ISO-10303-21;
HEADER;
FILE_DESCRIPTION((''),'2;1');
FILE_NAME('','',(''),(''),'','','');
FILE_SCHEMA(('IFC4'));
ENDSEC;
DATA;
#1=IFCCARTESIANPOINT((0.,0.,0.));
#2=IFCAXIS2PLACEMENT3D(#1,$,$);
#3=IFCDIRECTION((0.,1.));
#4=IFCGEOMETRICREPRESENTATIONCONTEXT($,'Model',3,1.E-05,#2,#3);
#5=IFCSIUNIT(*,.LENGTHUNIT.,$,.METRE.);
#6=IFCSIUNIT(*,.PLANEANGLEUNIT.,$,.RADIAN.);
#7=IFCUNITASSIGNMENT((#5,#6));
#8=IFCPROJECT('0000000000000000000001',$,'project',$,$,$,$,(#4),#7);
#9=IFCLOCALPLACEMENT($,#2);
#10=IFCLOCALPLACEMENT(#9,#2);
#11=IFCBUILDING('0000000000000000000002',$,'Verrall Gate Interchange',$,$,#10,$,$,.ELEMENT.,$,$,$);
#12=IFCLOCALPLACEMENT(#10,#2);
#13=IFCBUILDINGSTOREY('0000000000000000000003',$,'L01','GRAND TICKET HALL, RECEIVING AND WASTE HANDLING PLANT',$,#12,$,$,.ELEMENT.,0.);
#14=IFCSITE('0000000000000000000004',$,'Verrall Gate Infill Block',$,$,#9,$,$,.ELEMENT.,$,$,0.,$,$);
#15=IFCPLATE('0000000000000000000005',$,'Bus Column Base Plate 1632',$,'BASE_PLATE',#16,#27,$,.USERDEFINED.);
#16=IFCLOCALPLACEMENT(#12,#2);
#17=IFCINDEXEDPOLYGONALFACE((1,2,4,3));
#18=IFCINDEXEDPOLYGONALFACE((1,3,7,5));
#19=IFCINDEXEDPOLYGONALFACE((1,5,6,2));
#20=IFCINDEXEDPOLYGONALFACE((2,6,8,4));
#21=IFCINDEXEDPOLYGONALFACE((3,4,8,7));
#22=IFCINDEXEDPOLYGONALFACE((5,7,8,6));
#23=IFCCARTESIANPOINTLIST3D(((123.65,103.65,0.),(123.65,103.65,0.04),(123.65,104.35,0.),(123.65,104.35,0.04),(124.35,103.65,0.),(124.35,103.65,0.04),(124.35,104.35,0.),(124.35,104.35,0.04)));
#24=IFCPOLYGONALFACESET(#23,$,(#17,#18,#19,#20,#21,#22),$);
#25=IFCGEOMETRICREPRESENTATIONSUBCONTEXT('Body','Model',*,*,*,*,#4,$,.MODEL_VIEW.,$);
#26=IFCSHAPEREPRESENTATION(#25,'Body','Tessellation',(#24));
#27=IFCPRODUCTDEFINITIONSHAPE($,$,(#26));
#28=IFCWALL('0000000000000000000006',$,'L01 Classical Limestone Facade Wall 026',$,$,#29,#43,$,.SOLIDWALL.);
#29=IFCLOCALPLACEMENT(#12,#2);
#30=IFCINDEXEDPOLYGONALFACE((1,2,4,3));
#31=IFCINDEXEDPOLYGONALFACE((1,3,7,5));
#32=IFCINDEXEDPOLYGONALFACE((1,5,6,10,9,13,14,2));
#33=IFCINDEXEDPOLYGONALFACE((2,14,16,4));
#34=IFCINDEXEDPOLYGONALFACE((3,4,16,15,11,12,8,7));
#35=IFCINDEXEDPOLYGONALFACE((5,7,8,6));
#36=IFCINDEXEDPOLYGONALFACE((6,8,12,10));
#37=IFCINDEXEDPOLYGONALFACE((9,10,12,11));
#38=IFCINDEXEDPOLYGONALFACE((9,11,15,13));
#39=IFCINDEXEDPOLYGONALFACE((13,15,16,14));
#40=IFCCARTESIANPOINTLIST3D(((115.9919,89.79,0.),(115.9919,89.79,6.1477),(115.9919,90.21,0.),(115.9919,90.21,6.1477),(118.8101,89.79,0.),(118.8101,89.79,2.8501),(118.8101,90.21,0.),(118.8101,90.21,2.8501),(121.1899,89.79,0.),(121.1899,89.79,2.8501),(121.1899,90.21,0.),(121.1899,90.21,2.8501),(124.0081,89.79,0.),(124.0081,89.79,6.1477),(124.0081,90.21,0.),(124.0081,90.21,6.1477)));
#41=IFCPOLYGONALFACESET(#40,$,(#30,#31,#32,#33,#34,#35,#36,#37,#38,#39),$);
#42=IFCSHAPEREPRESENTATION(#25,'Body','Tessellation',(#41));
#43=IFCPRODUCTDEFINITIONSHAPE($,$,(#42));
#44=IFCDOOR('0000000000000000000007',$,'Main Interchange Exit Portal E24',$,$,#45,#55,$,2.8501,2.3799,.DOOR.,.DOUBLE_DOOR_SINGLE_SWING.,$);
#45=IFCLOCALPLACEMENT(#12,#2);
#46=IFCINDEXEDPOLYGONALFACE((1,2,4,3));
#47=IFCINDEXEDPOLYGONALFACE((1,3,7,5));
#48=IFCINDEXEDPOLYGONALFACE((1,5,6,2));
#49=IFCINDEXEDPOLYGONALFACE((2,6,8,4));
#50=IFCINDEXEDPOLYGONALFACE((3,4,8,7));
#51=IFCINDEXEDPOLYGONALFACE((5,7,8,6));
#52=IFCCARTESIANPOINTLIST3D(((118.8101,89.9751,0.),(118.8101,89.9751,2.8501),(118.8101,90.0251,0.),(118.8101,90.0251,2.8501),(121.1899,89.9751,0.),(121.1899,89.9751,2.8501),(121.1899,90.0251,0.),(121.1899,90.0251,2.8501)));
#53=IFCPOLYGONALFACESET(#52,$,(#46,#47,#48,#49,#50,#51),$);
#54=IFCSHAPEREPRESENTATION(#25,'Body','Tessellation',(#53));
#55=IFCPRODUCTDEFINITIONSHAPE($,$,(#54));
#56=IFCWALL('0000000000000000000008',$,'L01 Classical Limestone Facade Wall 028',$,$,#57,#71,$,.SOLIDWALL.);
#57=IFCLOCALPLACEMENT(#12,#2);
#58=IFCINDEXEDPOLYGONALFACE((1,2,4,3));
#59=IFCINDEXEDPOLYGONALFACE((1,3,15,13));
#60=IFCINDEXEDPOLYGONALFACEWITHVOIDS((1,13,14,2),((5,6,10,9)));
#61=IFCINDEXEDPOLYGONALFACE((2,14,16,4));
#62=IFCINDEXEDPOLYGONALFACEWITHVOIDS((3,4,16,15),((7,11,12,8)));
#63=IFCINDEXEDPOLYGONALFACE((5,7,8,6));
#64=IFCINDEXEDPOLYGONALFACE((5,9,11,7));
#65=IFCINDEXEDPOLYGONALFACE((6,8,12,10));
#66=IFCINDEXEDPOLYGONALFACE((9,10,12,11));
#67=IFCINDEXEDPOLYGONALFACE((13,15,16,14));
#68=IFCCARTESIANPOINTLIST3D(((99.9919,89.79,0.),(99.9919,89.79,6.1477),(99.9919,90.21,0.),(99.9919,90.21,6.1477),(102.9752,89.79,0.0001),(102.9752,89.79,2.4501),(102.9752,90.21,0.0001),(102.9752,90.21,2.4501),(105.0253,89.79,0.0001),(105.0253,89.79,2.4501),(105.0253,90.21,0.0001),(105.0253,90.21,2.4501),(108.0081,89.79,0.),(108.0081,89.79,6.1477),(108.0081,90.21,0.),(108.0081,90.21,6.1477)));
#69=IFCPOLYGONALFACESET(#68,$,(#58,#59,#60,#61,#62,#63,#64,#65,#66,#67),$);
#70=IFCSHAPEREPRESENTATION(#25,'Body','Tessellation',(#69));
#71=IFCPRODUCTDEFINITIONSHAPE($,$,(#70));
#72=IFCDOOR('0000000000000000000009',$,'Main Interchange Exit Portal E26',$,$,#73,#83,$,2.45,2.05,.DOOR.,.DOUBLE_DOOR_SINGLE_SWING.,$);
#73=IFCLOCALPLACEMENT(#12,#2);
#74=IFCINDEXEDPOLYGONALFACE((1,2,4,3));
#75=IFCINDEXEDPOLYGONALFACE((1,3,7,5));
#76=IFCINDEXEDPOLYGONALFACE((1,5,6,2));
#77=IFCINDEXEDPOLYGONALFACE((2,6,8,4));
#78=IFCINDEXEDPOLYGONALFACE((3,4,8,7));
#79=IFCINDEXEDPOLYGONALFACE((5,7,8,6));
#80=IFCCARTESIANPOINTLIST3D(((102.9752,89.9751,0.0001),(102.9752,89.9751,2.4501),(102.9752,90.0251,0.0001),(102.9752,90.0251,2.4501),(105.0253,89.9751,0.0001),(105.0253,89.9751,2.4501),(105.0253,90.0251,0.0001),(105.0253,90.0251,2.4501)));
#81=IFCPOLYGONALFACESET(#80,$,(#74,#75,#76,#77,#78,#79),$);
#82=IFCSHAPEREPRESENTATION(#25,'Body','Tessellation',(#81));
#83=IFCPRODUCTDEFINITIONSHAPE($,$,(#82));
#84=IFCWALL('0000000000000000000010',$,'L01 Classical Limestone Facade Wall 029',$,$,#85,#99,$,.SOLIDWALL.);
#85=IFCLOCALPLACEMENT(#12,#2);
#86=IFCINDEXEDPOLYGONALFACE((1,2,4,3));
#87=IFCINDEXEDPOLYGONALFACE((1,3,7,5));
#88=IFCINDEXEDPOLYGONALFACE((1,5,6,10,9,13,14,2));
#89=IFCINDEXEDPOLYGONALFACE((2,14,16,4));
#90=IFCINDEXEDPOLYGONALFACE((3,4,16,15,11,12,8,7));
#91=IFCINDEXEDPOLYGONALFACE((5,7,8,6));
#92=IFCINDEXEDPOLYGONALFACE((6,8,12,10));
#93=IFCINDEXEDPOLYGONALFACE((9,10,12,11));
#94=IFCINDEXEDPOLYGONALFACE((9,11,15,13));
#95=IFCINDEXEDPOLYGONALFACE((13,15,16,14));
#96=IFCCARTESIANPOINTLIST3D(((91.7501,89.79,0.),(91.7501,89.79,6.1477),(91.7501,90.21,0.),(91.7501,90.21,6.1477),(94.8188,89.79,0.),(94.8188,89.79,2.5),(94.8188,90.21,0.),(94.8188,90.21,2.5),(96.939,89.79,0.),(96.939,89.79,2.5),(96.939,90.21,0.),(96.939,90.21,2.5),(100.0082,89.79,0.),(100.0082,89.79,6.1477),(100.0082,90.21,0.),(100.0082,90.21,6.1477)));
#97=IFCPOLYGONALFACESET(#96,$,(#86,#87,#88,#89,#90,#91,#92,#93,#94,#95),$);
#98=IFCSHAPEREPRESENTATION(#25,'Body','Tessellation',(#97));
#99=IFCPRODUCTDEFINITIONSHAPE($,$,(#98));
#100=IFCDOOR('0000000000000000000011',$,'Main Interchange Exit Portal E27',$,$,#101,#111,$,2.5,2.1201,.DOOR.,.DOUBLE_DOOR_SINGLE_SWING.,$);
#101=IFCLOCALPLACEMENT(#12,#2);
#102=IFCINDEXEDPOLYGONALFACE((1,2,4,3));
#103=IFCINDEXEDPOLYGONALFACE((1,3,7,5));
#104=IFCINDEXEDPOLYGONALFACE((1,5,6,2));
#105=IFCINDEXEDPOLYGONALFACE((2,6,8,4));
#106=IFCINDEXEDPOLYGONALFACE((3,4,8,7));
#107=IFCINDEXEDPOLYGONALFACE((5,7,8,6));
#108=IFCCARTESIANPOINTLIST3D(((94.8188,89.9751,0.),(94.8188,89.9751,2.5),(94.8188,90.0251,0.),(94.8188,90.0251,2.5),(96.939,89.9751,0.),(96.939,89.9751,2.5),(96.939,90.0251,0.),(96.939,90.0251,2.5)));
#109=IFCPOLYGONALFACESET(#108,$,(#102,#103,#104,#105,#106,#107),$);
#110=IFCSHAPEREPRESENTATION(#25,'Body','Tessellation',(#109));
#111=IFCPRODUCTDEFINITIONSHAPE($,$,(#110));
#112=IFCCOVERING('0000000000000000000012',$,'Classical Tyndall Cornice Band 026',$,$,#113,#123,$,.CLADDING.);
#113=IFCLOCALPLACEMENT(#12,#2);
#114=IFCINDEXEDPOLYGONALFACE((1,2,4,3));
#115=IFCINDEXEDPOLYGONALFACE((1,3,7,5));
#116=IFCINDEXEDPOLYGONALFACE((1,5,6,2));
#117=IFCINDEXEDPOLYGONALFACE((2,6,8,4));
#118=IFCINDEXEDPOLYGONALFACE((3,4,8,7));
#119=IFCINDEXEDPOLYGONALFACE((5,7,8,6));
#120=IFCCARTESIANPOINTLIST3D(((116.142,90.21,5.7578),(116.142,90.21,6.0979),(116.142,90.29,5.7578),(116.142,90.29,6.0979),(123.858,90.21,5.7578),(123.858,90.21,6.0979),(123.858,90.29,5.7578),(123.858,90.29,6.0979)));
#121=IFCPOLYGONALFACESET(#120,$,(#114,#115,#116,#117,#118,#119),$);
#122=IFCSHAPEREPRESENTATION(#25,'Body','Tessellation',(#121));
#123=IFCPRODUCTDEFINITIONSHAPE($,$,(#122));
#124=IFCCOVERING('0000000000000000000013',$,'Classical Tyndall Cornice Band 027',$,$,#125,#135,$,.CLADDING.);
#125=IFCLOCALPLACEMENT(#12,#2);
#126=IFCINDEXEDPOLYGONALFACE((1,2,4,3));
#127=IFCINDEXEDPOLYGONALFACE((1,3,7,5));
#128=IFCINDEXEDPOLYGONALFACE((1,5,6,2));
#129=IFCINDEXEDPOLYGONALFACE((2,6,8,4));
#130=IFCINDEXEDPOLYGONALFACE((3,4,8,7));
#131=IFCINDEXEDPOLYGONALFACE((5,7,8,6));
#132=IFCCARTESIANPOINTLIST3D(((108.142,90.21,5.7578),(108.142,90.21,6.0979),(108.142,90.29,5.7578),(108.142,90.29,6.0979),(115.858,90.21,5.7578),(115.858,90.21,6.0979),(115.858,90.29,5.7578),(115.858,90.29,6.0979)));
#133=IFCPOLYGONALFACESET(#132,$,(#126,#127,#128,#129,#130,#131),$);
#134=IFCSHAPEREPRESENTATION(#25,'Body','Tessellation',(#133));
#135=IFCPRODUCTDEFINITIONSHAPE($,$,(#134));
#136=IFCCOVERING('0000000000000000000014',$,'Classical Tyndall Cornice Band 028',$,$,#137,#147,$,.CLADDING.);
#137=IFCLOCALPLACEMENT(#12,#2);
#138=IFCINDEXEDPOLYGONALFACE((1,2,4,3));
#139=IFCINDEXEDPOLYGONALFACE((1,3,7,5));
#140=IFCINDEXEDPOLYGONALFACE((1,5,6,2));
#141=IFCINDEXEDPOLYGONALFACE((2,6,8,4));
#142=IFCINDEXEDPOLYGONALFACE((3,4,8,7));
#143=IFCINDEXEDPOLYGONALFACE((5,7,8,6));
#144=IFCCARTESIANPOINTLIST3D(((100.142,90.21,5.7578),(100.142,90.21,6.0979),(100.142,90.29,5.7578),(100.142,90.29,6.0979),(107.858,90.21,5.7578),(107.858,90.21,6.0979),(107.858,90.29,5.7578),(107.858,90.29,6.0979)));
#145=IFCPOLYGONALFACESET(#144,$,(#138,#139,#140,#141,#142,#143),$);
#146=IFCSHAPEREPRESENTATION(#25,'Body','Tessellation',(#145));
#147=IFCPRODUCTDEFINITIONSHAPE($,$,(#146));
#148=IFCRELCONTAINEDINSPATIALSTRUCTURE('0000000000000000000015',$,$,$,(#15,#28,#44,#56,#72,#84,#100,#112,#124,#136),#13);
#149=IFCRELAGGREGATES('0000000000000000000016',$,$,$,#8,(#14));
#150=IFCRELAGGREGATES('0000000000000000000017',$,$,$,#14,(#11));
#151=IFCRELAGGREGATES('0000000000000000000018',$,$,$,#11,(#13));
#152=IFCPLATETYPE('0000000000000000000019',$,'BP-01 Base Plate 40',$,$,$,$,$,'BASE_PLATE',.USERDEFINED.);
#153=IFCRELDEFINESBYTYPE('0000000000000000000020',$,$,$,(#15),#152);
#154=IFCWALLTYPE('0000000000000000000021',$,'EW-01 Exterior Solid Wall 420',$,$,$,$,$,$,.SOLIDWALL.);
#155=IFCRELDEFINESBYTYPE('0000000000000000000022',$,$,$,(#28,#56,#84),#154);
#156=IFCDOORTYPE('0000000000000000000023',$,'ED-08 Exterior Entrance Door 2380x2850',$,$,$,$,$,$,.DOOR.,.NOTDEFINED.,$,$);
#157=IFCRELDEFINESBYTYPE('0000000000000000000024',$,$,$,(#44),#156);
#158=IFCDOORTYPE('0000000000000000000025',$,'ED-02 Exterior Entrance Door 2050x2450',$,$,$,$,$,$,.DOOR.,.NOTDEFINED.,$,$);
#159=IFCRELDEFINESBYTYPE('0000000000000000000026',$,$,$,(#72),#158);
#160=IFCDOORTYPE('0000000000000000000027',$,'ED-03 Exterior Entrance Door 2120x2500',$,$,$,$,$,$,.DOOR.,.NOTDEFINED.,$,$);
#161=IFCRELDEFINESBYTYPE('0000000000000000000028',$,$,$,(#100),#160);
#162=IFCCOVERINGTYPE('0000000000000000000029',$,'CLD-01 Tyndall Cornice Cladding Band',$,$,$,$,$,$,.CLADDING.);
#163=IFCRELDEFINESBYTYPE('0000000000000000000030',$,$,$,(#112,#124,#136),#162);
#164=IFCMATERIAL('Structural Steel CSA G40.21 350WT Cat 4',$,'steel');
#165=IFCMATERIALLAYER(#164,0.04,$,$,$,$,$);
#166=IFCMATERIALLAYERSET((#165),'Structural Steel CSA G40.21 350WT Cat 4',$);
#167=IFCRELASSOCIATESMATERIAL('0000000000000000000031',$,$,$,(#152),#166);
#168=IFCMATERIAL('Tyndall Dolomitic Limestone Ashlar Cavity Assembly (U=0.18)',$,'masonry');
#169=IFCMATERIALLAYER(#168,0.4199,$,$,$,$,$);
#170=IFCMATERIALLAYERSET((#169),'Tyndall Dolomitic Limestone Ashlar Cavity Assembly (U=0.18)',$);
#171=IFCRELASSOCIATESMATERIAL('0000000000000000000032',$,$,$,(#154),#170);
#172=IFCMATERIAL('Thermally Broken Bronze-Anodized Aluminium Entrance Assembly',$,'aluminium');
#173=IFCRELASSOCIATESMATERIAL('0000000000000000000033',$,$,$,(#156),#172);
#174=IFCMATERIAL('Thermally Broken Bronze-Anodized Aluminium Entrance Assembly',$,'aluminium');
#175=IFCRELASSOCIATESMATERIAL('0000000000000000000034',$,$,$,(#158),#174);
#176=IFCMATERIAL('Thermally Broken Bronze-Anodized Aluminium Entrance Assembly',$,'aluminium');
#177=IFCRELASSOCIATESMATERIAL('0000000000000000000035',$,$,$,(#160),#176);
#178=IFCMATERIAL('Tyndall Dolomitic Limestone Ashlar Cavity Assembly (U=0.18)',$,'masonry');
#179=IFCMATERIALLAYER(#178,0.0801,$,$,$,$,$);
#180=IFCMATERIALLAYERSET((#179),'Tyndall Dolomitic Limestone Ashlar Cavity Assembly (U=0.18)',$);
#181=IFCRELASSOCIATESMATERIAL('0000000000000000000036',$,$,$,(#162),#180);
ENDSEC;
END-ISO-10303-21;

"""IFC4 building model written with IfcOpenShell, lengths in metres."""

from ifc_helpers import new_model, si_unit, direction, frame, frame_2d, origin, origin_2d, place, context, subcontext, project, spatial, rectangle, extrude, material, layer, layer_set, type_object, element, fill, save


model = new_model("IFC4")

# Units and contexts
model_context = context("Model", 3, precision=1e-05, world=origin(), true_north=direction((0.0, 1.0)))
body_context = subcontext(model_context, "Body", "Model", "MODEL_VIEW")
ifc_project = project(units=[si_unit("LENGTHUNIT", "METRE"), si_unit("PLANEANGLEUNIT", "RADIAN")], contexts=[model_context])

# Site, building, storey
site_placement = place(None, origin())
site = spatial("IfcSite", under=ifc_project, at=site_placement, Name="Verrall Gate Infill Block", CompositionType="ELEMENT", RefElevation=0.0)
building_placement = place(site_placement, origin())
building = spatial("IfcBuilding", under=site, at=building_placement, Name="Verrall Gate Interchange", CompositionType="ELEMENT")
storey_placement = place(building_placement, origin())
storey = spatial("IfcBuildingStorey", under=building, at=storey_placement, Name="L01", Description="GRAND TICKET HALL, RECEIVING AND WASTE HANDLING PLANT", CompositionType="ELEMENT", Elevation=0.0)

# Plate
ifc_material_1 = material(Name="Structural Steel CSA G40.21 350WT Cat 4", Category="steel")
ifc_layer_1 = layer(ifc_material_1, 0.04)
ifc_layer_set_1 = layer_set([ifc_layer_1], Name="Structural Steel CSA G40.21 350WT Cat 4")
plate_type = type_object("IfcPlateType", Name="BP-01 Base Plate 40", ElementType="BASE_PLATE", PredefinedType="USERDEFINED", material=ifc_layer_set_1)
for number, where, z_axis, x_axis, name in (
    (1, (124.0, 104.0, 0.0), (0.0, 0.0, 1.0), (1.0, 0.0, 0.0), "Bus Column Base Plate 1632"),
):
    element("IfcPlate", number, at=place(storey_placement, frame(where, z_axis=z_axis, x_axis=x_axis)), inside=storey, type_object=plate_type, Name=name, ObjectType="BASE_PLATE", PredefinedType="USERDEFINED", context=body_context, shape_type="SweptSolid", body=[
        extrude(rectangle(XDim=0.7, YDim=0.7, at=origin_2d()), origin(), (0.0, 0.0, 1.0), 0.04),
    ])

# Walls, openings, doors
ifc_material_2 = material(Name="Tyndall Dolomitic Limestone Ashlar Cavity Assembly (U=0.18)", Category="masonry")
ifc_layer_2 = layer(ifc_material_2, 0.4199)
ifc_layer_set_2 = layer_set([ifc_layer_2], Name="Tyndall Dolomitic Limestone Ashlar Cavity Assembly (U=0.18)")
wall_type = type_object("IfcWallType", Name="EW-01 Exterior Solid Wall 420", PredefinedType="SOLIDWALL", material=ifc_layer_set_2)
wall_1_placement = place(storey_placement, frame((124.0081, 90.0, 0.0), z_axis=(0.0, 0.0, 1.0), x_axis=(-1.0, 0.0, 0.0)))
wall_1 = element("IfcWall", 2, at=wall_1_placement, inside=storey, type_object=wall_type, Name="L01 Classical Limestone Facade Wall 026", PredefinedType="SOLIDWALL", context=body_context, shape_type="SweptSolid", body=[
    extrude(rectangle(XDim=8.0161, YDim=0.4199, at=frame_2d((4.0081, 0.0))), origin(), (0.0, 0.0, 1.0), 6.1477),
])
opening_1_placement = place(wall_1_placement, frame((2.8181, 0.0, 0.0)))
opening_1 = element("IfcOpeningElement", 3, at=opening_1_placement, cuts=wall_1, PredefinedType="OPENING", context=body_context, shape_type="SweptSolid", body=[
    extrude(rectangle(XDim=2.3799, YDim=2.8501, at=frame_2d((1.1899, 1.425))), frame((0.0, 0.2249, 0.0), z_axis=(0.0, -1.0, 0.0), x_axis=(1.0, 0.0, 0.0)), (0.0, 0.0, 1.0), 0.4497),
])
ifc_material_3 = material(Name="Thermally Broken Bronze-Anodized Aluminium Entrance Assembly", Category="aluminium")
door_type_1 = type_object("IfcDoorType", Name="ED-08 Exterior Entrance Door 2380x2850", OperationType="NOTDEFINED", PredefinedType="DOOR", material=ifc_material_3)
door_1_placement = place(opening_1_placement, origin())
door_1 = element("IfcDoor", 4, at=door_1_placement, inside=storey, type_object=door_type_1, Name="Main Interchange Exit Portal E24", OperationType="DOUBLE_DOOR_SINGLE_SWING", OverallHeight=2.8501, OverallWidth=2.3799, PredefinedType="DOOR", context=body_context, shape_type="SweptSolid", body=[
    extrude(rectangle(XDim=2.3799, YDim=2.8501, at=frame_2d((1.1899, 1.425))), frame((0.0, 0.0249, 0.0), z_axis=(0.0, -1.0, 0.0), x_axis=(1.0, 0.0, 0.0)), (0.0, 0.0, 1.0), 0.05),
])
fill(opening_1, door_1)
wall_2_placement = place(storey_placement, frame((108.0081, 90.0, 0.0), z_axis=(0.0, 0.0, 1.0), x_axis=(-1.0, 0.0, 0.0)))
wall_2 = element("IfcWall", 5, at=wall_2_placement, inside=storey, type_object=wall_type, Name="L01 Classical Limestone Facade Wall 028", PredefinedType="SOLIDWALL", context=body_context, shape_type="SweptSolid", body=[
    extrude(rectangle(XDim=8.0161, YDim=0.4199, at=frame_2d((4.0081, 0.0))), origin(), (0.0, 0.0, 1.0), 6.1477),
])
opening_2_placement = place(wall_2_placement, frame((2.9829, 0.0, 0.0)))
opening_2 = element("IfcOpeningElement", 6, at=opening_2_placement, cuts=wall_2, PredefinedType="OPENING", context=body_context, shape_type="SweptSolid", body=[
    extrude(rectangle(XDim=2.05, YDim=2.45, at=frame_2d((1.0249, 1.2251))), frame((0.0, 0.2249, 0.0), z_axis=(0.0, -1.0, 0.0), x_axis=(1.0, 0.0, 0.0)), (0.0, 0.0, 1.0), 0.4497),
])
ifc_material_4 = material(Name="Thermally Broken Bronze-Anodized Aluminium Entrance Assembly", Category="aluminium")
door_type_2 = type_object("IfcDoorType", Name="ED-02 Exterior Entrance Door 2050x2450", OperationType="NOTDEFINED", PredefinedType="DOOR", material=ifc_material_4)
door_2_placement = place(opening_2_placement, origin())
door_2 = element("IfcDoor", 7, at=door_2_placement, inside=storey, type_object=door_type_2, Name="Main Interchange Exit Portal E26", OperationType="DOUBLE_DOOR_SINGLE_SWING", OverallHeight=2.45, OverallWidth=2.05, PredefinedType="DOOR", context=body_context, shape_type="SweptSolid", body=[
    extrude(rectangle(XDim=2.05, YDim=2.45, at=frame_2d((1.0249, 1.2251))), frame((0.0, 0.0249, 0.0), z_axis=(0.0, -1.0, 0.0), x_axis=(1.0, 0.0, 0.0)), (0.0, 0.0, 1.0), 0.05),
])
fill(opening_2, door_2)
wall_3_placement = place(storey_placement, frame((100.0081, 90.0, 0.0), z_axis=(0.0, 0.0, 1.0), x_axis=(-1.0, 0.0, 0.0)))
wall_3 = element("IfcWall", 8, at=wall_3_placement, inside=storey, type_object=wall_type, Name="L01 Classical Limestone Facade Wall 029", PredefinedType="SOLIDWALL", context=body_context, shape_type="SweptSolid", body=[
    extrude(rectangle(XDim=8.2581, YDim=0.4199, at=frame_2d((4.1289, 0.0))), origin(), (0.0, 0.0, 1.0), 6.1477),
])
opening_3_placement = place(wall_3_placement, frame((3.0691, 0.0, 0.0)))
opening_3 = element("IfcOpeningElement", 9, at=opening_3_placement, cuts=wall_3, PredefinedType="OPENING", context=body_context, shape_type="SweptSolid", body=[
    extrude(rectangle(XDim=2.1201, YDim=2.5, at=frame_2d((1.0601, 1.25))), frame((0.0, 0.2249, 0.0), z_axis=(0.0, -1.0, 0.0), x_axis=(1.0, 0.0, 0.0)), (0.0, 0.0, 1.0), 0.4497),
])
ifc_material_5 = material(Name="Thermally Broken Bronze-Anodized Aluminium Entrance Assembly", Category="aluminium")
door_type_3 = type_object("IfcDoorType", Name="ED-03 Exterior Entrance Door 2120x2500", OperationType="NOTDEFINED", PredefinedType="DOOR", material=ifc_material_5)
door_3_placement = place(opening_3_placement, origin())
door_3 = element("IfcDoor", 10, at=door_3_placement, inside=storey, type_object=door_type_3, Name="Main Interchange Exit Portal E27", OperationType="DOUBLE_DOOR_SINGLE_SWING", OverallHeight=2.5, OverallWidth=2.1201, PredefinedType="DOOR", context=body_context, shape_type="SweptSolid", body=[
    extrude(rectangle(XDim=2.1201, YDim=2.5, at=frame_2d((1.0601, 1.25))), frame((0.0, 0.0249, 0.0), z_axis=(0.0, -1.0, 0.0), x_axis=(1.0, 0.0, 0.0)), (0.0, 0.0, 1.0), 0.05),
])
fill(opening_3, door_3)

# Coverings
ifc_material_6 = material(Name="Tyndall Dolomitic Limestone Ashlar Cavity Assembly (U=0.18)", Category="masonry")
ifc_layer_3 = layer(ifc_material_6, 0.0801)
ifc_layer_set_3 = layer_set([ifc_layer_3], Name="Tyndall Dolomitic Limestone Ashlar Cavity Assembly (U=0.18)")
covering_type = type_object("IfcCoveringType", Name="CLD-01 Tyndall Cornice Cladding Band", PredefinedType="CLADDING", material=ifc_layer_set_3)
for number, where, z_axis, x_axis, name in (
    (11, (120.0, 90.25, 5.7578), (0.0, 0.0, 1.0), (-1.0, 0.0, 0.0), "Classical Tyndall Cornice Band 026"),
    (12, (112.0, 90.25, 5.7578), (0.0, 0.0, 1.0), (-1.0, 0.0, 0.0), "Classical Tyndall Cornice Band 027"),
    (13, (104.0, 90.25, 5.7578), (0.0, 0.0, 1.0), (-1.0, 0.0, 0.0), "Classical Tyndall Cornice Band 028"),
):
    element("IfcCovering", number, at=place(storey_placement, frame(where, z_axis=z_axis, x_axis=x_axis)), inside=storey, type_object=covering_type, Name=name, PredefinedType="CLADDING", context=body_context, shape_type="SweptSolid", body=[
        extrude(rectangle(XDim=7.7161, YDim=0.0801, at=origin_2d()), origin(), (0.0, 0.0, 1.0), 0.3401),
    ])

save(model, "model.ifc")
